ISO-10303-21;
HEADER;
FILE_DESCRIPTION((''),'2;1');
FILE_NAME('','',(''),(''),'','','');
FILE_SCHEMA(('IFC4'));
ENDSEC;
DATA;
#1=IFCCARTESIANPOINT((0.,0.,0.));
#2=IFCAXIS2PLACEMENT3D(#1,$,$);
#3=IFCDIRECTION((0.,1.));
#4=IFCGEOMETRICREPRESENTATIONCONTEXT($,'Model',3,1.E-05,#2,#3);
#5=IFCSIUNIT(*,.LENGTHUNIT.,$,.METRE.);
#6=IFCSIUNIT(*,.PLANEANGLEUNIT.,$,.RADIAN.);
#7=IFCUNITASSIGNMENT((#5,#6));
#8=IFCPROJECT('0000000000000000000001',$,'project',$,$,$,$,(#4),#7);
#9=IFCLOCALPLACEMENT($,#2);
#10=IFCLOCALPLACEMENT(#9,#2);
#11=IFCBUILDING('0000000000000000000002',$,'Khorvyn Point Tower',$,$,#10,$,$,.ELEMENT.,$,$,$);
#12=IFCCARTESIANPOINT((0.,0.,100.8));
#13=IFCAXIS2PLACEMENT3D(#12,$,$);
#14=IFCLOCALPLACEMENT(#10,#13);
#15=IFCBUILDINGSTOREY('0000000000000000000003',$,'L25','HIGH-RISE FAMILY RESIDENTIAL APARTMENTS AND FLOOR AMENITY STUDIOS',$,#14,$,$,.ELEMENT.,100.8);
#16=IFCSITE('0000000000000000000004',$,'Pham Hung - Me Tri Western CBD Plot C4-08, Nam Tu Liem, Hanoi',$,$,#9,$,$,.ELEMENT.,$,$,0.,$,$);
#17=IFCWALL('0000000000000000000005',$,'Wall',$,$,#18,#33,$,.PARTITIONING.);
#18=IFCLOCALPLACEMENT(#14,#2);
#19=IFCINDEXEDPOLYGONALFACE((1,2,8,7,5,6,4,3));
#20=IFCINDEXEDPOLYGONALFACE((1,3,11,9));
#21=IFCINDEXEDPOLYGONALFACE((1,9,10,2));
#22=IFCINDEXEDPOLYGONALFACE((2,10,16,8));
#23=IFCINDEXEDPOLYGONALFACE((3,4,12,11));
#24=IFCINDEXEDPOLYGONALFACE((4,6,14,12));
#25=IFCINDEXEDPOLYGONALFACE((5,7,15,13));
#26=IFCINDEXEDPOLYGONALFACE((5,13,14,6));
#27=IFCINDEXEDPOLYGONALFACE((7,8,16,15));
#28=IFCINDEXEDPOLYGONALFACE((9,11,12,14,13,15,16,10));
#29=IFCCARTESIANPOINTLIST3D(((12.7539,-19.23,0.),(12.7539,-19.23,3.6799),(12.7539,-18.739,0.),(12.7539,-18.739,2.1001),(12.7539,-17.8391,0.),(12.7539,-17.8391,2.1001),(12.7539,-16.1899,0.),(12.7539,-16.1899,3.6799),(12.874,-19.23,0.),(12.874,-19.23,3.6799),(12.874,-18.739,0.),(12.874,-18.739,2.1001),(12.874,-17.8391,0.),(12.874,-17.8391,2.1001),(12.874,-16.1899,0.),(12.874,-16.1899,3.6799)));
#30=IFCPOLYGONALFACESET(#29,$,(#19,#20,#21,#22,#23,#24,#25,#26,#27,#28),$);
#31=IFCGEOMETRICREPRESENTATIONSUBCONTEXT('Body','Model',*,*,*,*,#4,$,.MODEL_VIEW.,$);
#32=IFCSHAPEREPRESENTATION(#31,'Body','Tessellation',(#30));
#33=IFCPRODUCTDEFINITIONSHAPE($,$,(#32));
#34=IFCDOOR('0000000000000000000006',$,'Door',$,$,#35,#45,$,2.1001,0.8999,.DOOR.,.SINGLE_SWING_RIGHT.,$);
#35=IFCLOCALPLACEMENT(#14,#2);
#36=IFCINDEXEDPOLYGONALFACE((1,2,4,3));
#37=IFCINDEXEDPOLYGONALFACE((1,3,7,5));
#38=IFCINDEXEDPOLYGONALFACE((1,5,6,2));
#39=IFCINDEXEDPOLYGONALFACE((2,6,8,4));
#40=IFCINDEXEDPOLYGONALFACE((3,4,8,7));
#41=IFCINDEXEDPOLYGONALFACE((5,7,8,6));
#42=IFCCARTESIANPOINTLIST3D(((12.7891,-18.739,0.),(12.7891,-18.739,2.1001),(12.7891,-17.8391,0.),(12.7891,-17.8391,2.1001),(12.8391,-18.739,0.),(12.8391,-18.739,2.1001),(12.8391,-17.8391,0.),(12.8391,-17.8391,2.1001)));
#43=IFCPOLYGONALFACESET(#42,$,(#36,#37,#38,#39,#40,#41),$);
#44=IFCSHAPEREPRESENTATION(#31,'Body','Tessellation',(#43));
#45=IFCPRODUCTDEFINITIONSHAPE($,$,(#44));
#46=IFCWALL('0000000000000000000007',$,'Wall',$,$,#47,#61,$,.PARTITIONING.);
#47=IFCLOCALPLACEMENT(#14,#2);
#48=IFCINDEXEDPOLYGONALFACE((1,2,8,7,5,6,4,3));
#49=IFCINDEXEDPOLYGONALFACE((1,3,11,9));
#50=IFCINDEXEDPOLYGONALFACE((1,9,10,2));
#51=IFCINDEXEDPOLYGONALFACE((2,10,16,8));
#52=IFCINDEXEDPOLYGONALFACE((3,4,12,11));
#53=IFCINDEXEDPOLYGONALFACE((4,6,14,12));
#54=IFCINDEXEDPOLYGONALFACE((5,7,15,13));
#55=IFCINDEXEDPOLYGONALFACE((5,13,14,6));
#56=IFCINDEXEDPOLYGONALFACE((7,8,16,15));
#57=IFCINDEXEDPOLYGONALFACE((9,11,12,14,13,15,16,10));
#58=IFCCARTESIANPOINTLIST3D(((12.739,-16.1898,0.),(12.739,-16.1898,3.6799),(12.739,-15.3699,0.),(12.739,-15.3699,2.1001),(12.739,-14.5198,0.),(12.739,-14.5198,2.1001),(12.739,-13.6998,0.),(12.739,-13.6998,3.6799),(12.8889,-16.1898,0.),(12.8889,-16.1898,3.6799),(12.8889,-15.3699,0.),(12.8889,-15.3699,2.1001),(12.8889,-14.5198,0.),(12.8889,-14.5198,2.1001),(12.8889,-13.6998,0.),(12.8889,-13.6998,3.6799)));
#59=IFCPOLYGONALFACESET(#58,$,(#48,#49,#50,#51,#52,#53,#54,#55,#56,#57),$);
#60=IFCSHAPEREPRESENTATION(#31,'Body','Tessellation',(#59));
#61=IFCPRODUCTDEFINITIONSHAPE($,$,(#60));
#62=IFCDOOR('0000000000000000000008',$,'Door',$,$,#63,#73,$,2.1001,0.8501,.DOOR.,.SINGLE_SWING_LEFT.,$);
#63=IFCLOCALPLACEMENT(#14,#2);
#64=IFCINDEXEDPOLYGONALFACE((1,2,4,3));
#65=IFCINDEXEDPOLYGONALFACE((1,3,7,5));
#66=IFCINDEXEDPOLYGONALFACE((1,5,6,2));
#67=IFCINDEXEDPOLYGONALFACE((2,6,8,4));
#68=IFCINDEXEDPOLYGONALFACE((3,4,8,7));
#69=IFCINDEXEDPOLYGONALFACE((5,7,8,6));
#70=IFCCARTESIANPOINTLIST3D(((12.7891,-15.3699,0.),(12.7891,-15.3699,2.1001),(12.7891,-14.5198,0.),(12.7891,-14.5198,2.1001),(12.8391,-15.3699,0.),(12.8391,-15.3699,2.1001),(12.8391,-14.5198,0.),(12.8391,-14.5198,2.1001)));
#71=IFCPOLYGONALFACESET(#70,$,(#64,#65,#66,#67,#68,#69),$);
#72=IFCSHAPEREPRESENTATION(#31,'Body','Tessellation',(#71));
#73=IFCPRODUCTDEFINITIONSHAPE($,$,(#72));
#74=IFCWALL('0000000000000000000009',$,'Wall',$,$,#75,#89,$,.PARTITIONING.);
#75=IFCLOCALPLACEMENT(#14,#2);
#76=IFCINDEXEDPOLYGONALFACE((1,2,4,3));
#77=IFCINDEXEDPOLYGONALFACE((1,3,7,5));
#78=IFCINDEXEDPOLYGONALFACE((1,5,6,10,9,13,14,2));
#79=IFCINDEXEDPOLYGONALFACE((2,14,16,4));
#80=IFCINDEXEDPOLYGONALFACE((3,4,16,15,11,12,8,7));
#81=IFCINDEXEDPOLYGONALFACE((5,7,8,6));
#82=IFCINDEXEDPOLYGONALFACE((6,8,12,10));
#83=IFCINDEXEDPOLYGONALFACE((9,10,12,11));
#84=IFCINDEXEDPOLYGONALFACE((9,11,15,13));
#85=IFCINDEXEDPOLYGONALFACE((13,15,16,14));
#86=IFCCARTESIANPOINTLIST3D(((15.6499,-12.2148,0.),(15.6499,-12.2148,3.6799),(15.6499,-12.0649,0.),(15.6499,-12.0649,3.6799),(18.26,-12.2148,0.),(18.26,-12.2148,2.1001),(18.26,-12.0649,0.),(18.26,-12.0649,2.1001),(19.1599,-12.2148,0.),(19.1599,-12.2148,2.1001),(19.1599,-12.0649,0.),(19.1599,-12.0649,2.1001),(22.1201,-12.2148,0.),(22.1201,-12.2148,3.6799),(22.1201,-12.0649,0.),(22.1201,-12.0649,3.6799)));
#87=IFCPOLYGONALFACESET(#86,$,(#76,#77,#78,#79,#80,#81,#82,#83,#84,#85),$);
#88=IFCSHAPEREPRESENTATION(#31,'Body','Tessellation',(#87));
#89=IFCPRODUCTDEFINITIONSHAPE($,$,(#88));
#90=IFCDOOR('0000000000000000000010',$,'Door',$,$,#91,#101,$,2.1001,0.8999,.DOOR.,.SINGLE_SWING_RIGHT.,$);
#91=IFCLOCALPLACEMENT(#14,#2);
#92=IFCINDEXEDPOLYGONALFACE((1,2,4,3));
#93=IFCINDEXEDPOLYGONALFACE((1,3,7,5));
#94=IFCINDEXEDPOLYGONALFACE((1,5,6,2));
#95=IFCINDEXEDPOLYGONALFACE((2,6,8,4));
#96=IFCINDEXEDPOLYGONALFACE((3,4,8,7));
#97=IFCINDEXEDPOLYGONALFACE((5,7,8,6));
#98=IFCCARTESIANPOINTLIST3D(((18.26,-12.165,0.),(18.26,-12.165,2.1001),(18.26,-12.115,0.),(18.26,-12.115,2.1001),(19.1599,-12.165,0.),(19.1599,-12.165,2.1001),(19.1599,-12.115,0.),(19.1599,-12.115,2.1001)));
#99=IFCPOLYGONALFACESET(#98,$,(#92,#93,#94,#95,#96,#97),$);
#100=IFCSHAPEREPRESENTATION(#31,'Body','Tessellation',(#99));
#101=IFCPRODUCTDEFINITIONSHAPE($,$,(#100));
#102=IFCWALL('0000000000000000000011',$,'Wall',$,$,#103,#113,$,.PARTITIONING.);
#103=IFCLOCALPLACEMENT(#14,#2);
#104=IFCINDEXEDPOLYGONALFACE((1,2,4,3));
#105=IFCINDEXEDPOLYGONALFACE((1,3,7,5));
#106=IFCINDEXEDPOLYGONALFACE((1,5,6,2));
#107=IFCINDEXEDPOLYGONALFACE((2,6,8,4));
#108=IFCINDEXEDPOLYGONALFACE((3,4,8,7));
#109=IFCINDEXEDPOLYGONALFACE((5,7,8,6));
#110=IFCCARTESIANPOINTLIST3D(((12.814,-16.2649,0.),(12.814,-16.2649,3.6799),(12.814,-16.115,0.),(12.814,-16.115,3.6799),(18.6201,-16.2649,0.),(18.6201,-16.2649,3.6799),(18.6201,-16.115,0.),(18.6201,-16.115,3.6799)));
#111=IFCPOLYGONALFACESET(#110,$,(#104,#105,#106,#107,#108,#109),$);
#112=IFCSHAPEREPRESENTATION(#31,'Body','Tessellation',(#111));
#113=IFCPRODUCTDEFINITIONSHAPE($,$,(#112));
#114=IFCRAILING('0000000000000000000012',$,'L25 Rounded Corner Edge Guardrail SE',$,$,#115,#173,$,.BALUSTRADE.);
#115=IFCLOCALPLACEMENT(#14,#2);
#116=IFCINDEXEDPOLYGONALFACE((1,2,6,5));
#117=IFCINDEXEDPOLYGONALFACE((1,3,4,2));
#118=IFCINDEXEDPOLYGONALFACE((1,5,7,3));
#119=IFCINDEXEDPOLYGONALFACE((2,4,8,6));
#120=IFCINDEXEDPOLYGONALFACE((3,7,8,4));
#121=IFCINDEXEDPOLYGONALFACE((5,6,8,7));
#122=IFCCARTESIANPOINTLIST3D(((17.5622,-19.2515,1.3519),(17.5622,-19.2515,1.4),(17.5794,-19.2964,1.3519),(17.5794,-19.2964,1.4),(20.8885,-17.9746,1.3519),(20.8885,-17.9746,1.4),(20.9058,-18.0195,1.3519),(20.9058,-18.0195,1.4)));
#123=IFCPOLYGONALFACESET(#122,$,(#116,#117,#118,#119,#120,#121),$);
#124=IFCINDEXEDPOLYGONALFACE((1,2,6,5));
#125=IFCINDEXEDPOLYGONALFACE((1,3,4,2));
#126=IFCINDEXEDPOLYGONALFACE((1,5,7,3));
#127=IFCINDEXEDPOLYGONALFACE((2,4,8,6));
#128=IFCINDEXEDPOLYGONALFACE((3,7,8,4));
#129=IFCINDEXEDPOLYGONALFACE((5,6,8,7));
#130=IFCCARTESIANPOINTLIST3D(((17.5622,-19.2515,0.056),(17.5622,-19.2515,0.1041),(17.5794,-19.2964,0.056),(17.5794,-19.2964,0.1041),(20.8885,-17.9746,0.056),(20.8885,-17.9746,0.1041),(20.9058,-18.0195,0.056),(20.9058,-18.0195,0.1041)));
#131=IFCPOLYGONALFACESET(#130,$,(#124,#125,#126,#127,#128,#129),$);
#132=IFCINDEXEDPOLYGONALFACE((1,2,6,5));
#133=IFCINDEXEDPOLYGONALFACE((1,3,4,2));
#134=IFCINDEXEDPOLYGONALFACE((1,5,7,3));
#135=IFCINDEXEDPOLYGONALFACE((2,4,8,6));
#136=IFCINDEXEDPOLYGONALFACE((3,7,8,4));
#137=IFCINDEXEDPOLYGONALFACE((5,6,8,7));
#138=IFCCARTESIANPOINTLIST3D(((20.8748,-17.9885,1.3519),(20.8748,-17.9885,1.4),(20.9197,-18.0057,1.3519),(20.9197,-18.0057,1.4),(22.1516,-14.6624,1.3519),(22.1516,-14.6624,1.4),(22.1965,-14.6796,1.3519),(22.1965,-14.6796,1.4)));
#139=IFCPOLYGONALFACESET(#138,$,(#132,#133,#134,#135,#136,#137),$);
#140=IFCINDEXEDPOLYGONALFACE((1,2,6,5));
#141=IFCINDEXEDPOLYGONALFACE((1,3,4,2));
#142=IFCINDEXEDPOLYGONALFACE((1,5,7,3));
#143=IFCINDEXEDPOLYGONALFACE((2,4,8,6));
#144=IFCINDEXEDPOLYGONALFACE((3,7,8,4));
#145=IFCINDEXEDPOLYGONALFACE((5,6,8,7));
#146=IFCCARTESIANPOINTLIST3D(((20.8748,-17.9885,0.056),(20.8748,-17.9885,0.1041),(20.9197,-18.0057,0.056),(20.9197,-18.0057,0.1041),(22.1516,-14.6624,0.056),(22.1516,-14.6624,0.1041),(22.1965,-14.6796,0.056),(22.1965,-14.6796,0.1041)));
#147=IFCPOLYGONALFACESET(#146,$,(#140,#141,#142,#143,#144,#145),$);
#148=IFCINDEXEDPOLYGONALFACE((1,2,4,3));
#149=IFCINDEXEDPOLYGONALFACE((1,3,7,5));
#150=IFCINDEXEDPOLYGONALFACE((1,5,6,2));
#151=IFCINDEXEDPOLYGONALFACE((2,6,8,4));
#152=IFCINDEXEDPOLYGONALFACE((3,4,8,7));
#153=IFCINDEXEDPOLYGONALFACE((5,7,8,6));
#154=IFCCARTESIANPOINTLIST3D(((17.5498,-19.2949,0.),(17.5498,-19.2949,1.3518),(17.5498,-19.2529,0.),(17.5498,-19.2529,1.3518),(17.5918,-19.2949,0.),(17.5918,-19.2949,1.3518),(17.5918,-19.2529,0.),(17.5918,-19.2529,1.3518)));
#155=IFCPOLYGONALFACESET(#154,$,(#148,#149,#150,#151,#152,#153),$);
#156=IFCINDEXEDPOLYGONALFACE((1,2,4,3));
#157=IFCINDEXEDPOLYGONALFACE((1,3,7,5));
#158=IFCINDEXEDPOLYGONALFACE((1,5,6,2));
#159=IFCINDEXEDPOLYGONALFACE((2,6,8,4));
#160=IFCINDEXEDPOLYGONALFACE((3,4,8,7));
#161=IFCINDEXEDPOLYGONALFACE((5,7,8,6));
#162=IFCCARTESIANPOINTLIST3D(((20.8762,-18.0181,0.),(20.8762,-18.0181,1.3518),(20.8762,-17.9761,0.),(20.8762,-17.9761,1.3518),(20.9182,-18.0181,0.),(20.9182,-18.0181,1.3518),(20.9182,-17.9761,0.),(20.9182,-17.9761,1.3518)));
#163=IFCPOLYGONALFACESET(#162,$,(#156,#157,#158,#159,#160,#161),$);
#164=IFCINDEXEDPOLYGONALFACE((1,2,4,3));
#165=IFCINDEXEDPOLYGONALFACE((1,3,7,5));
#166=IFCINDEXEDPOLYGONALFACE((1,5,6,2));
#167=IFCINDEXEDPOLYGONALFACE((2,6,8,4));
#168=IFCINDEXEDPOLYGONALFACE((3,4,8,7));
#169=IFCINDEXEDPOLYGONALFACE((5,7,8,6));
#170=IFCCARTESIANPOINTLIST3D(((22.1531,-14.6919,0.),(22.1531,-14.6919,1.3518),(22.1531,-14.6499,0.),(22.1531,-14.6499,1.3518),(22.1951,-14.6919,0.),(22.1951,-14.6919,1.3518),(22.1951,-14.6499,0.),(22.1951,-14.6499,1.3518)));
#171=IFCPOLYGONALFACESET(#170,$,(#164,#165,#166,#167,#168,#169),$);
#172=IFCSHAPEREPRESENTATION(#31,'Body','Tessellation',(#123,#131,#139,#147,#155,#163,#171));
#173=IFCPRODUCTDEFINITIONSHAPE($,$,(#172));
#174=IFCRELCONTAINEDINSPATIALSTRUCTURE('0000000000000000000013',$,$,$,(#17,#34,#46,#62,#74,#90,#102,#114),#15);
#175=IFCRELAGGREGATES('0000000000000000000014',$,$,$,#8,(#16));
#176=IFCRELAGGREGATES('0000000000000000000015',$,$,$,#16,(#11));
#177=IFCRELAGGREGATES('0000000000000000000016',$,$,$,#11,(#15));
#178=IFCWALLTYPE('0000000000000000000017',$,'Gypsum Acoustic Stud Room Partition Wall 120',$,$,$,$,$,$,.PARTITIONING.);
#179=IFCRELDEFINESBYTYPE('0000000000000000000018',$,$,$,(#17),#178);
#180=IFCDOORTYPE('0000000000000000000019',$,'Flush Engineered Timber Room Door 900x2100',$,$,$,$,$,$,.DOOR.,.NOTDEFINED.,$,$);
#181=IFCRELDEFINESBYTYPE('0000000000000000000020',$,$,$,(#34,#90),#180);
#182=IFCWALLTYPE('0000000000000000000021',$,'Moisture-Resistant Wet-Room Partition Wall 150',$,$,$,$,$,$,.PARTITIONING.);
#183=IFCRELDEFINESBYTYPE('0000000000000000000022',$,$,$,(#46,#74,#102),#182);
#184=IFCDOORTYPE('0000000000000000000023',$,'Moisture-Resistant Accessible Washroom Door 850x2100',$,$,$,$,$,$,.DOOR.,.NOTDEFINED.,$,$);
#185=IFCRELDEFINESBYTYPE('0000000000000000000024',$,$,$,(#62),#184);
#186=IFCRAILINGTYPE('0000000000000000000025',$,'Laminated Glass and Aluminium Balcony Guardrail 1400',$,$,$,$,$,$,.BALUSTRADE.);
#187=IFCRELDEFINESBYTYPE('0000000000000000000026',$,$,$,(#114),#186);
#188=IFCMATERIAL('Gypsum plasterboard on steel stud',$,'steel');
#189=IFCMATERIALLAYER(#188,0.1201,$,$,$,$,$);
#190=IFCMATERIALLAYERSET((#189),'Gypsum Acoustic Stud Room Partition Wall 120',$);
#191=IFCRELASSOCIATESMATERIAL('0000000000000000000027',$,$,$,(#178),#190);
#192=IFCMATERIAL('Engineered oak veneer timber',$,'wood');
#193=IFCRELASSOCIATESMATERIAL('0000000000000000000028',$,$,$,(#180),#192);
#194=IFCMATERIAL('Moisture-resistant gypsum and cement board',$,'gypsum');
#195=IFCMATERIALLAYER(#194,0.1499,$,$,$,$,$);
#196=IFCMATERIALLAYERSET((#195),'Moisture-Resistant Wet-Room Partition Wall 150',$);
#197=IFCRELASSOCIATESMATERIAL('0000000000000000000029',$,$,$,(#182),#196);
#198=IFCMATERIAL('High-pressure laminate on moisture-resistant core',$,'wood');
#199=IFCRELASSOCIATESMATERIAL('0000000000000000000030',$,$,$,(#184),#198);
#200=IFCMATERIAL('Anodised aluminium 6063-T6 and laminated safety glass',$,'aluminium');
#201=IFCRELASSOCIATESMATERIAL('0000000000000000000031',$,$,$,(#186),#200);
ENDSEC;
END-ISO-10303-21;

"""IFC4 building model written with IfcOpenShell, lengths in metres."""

from ifc_helpers import new_model, si_unit, direction, frame, frame_2d, origin, origin_2d, place, context, subcontext, project, spatial, rectangle, extrude, material, layer, layer_set, type_object, element, fill, save


model = new_model("IFC4")

# Units and contexts
model_context = context("Model", 3, precision=1e-05, world=origin(), true_north=direction((0.0, 1.0)))
body_context = subcontext(model_context, "Body", "Model", "MODEL_VIEW")
ifc_project = project(units=[si_unit("LENGTHUNIT", "METRE"), si_unit("PLANEANGLEUNIT", "RADIAN")], contexts=[model_context])

# Site, building, storey
site_placement = place(None, origin())
site = spatial("IfcSite", under=ifc_project, at=site_placement, Name="Pham Hung - Me Tri Western CBD Plot C4-08, Nam Tu Liem, Hanoi", CompositionType="ELEMENT", RefElevation=0.0)
building_placement = place(site_placement, origin())
building = spatial("IfcBuilding", under=site, at=building_placement, Name="Khorvyn Point Tower", CompositionType="ELEMENT")
storey_placement = place(building_placement, frame((0.0, 0.0, 100.8)))
storey = spatial("IfcBuildingStorey", under=building, at=storey_placement, Name="L25", Description="HIGH-RISE FAMILY RESIDENTIAL APARTMENTS AND FLOOR AMENITY STUDIOS", CompositionType="ELEMENT", Elevation=100.8)

# Walls, openings, doors
ifc_material_1 = material(Name="Gypsum plasterboard on steel stud", Category="steel")
ifc_layer_1 = layer(ifc_material_1, 0.1201)
ifc_layer_set_1 = layer_set([ifc_layer_1], Name="Gypsum Acoustic Stud Room Partition Wall 120")
wall_type_1 = type_object("IfcWallType", Name="Gypsum Acoustic Stud Room Partition Wall 120", PredefinedType="PARTITIONING", material=ifc_layer_set_1)
wall_1_placement = place(storey_placement, frame((12.814, -19.23, 0.0), z_axis=(0.0, 0.0, 1.0), x_axis=(0.0, 1.0, 0.0)))
wall_1 = element("IfcWall", 1, at=wall_1_placement, inside=storey, type_object=wall_type_1, Name="Wall", PredefinedType="PARTITIONING", context=body_context, shape_type="SweptSolid", body=[
    extrude(rectangle(XDim=3.04, YDim=0.1201, at=frame_2d((1.52, 0.0))), origin(), (0.0, 0.0, 1.0), 3.6799),
])
opening_1_placement = place(wall_1_placement, frame((0.491, 0.0, 0.0)))
opening_1 = element("IfcOpeningElement", 2, at=opening_1_placement, cuts=wall_1, PredefinedType="OPENING", context=body_context, shape_type="SweptSolid", body=[
    extrude(rectangle(XDim=0.8999, YDim=2.1001, at=frame_2d((0.45, 1.05))), frame((0.0, 0.0701, 0.0), z_axis=(0.0, -1.0, 0.0), x_axis=(1.0, 0.0, 0.0)), (0.0, 0.0, 1.0), 0.1401),
])
ifc_material_2 = material(Name="Engineered oak veneer timber", Category="wood")
door_type_1 = type_object("IfcDoorType", Name="Flush Engineered Timber Room Door 900x2100", OperationType="NOTDEFINED", PredefinedType="DOOR", material=ifc_material_2)
door_1_placement = place(opening_1_placement, origin())
door_1 = element("IfcDoor", 3, at=door_1_placement, inside=storey, type_object=door_type_1, Name="Door", OperationType="SINGLE_SWING_RIGHT", OverallHeight=2.1001, OverallWidth=0.8999, PredefinedType="DOOR", context=body_context, shape_type="SweptSolid", body=[
    extrude(rectangle(XDim=0.8999, YDim=2.1001, at=frame_2d((0.45, 1.05))), frame((0.0, 0.0249, 0.0), z_axis=(0.0, -1.0, 0.0), x_axis=(1.0, 0.0, 0.0)), (0.0, 0.0, 1.0), 0.05),
])
fill(opening_1, door_1)
ifc_material_3 = material(Name="Moisture-resistant gypsum and cement board", Category="gypsum")
ifc_layer_2 = layer(ifc_material_3, 0.1499)
ifc_layer_set_2 = layer_set([ifc_layer_2], Name="Moisture-Resistant Wet-Room Partition Wall 150")
wall_type_2 = type_object("IfcWallType", Name="Moisture-Resistant Wet-Room Partition Wall 150", PredefinedType="PARTITIONING", material=ifc_layer_set_2)
wall_2_placement = place(storey_placement, frame((12.814, -16.1899, 0.0), z_axis=(0.0, 0.0, 1.0), x_axis=(0.0, 1.0, 0.0)))
wall_2 = element("IfcWall", 4, at=wall_2_placement, inside=storey, type_object=wall_type_2, Name="Wall", PredefinedType="PARTITIONING", context=body_context, shape_type="SweptSolid", body=[
    extrude(rectangle(XDim=2.49, YDim=0.1499, at=frame_2d((1.2451, 0.0))), origin(), (0.0, 0.0, 1.0), 3.6799),
])
opening_2_placement = place(wall_2_placement, frame((0.8201, 0.0, 0.0)))
opening_2 = element("IfcOpeningElement", 5, at=opening_2_placement, cuts=wall_2, PredefinedType="OPENING", context=body_context, shape_type="SweptSolid", body=[
    extrude(rectangle(XDim=0.8501, YDim=2.1001, at=frame_2d((0.425, 1.05))), frame((0.0, 0.085, 0.0), z_axis=(0.0, -1.0, 0.0), x_axis=(1.0, 0.0, 0.0)), (0.0, 0.0, 1.0), 0.1699),
])
ifc_material_4 = material(Name="High-pressure laminate on moisture-resistant core", Category="wood")
door_type_2 = type_object("IfcDoorType", Name="Moisture-Resistant Accessible Washroom Door 850x2100", OperationType="NOTDEFINED", PredefinedType="DOOR", material=ifc_material_4)
door_2_placement = place(opening_2_placement, origin())
door_2 = element("IfcDoor", 6, at=door_2_placement, inside=storey, type_object=door_type_2, Name="Door", OperationType="SINGLE_SWING_LEFT", OverallHeight=2.1001, OverallWidth=0.8501, PredefinedType="DOOR", context=body_context, shape_type="SweptSolid", body=[
    extrude(rectangle(XDim=0.8501, YDim=2.1001, at=frame_2d((0.425, 1.05))), frame((0.0, 0.0249, 0.0), z_axis=(0.0, -1.0, 0.0), x_axis=(1.0, 0.0, 0.0)), (0.0, 0.0, 1.0), 0.05),
])
fill(opening_2, door_2)
wall_3_placement = place(storey_placement, frame((15.6499, -12.1399, 0.0), z_axis=(0.0, 0.0, 1.0), x_axis=(1.0, 0.0, 0.0)))
wall_3 = element("IfcWall", 7, at=wall_3_placement, inside=storey, type_object=wall_type_2, Name="Wall", PredefinedType="PARTITIONING", context=body_context, shape_type="SweptSolid", body=[
    extrude(rectangle(XDim=6.4702, YDim=0.1499, at=frame_2d((3.2351, 0.0))), origin(), (0.0, 0.0, 1.0), 3.6799),
])
opening_3_placement = place(wall_3_placement, frame((2.6101, 0.0, 0.0)))
opening_3 = element("IfcOpeningElement", 8, at=opening_3_placement, cuts=wall_3, PredefinedType="OPENING", context=body_context, shape_type="SweptSolid", body=[
    extrude(rectangle(XDim=0.8999, YDim=2.1001, at=frame_2d((0.45, 1.05))), frame((0.0, 0.085, 0.0), z_axis=(0.0, -1.0, 0.0), x_axis=(1.0, 0.0, 0.0)), (0.0, 0.0, 1.0), 0.1699),
])
door_3_placement = place(opening_3_placement, origin())
door_3 = element("IfcDoor", 9, at=door_3_placement, inside=storey, type_object=door_type_1, Name="Door", OperationType="SINGLE_SWING_RIGHT", OverallHeight=2.1001, OverallWidth=0.8999, PredefinedType="DOOR", context=body_context, shape_type="SweptSolid", body=[
    extrude(rectangle(XDim=0.8999, YDim=2.1001, at=frame_2d((0.45, 1.05))), frame((0.0, 0.0249, 0.0), z_axis=(0.0, -1.0, 0.0), x_axis=(1.0, 0.0, 0.0)), (0.0, 0.0, 1.0), 0.05),
])
fill(opening_3, door_3)

# Wall
wall_4_placement = place(storey_placement, frame((12.814, -16.1899, 0.0), z_axis=(0.0, 0.0, 1.0), x_axis=(1.0, 0.0, 0.0)))
element("IfcWall", 10, at=wall_4_placement, inside=storey, type_object=wall_type_2, Name="Wall", PredefinedType="PARTITIONING", context=body_context, shape_type="SweptSolid", body=[
    extrude(rectangle(XDim=5.8062, YDim=0.1499, at=frame_2d((2.9031, 0.0))), origin(), (0.0, 0.0, 1.0), 3.6799),
])

# Railing
ifc_material_5 = material(Name="Anodised aluminium 6063-T6 and laminated safety glass", Category="aluminium")
railing_type = type_object("IfcRailingType", Name="Laminated Glass and Aluminium Balcony Guardrail 1400", PredefinedType="BALUSTRADE", material=ifc_material_5)
railing_1_placement = place(storey_placement, frame((17.5708, -19.2739, 0.0)))
element("IfcRailing", 11, at=railing_1_placement, inside=storey, type_object=railing_type, Name="L25 Rounded Corner Edge Guardrail SE", PredefinedType="BALUSTRADE", context=body_context, shape_type="SweptSolid", body=[
    extrude(rectangle(XDim=0.0481, YDim=0.0481, at=origin_2d()), frame((0.0, 0.0, 1.376), z_axis=(0.933584, 0.358359, 0.0), x_axis=(-0.358359, 0.933584, 0.0)), (0.0, 0.0, 1.0), 3.563),
    extrude(rectangle(XDim=0.0481, YDim=0.0481, at=origin_2d()), frame((0.0, 0.0, 0.0801), z_axis=(0.933584, 0.358359, 0.0), x_axis=(-0.358359, 0.933584, 0.0)), (0.0, 0.0, 1.0), 3.563),
    extrude(rectangle(XDim=0.0481, YDim=0.0481, at=origin_2d()), frame((3.3264, 1.2769, 1.376), z_axis=(0.358382, 0.933575, 0.0), x_axis=(-0.933575, 0.358382, 0.0)), (0.0, 0.0, 1.0), 3.5627),
    extrude(rectangle(XDim=0.0481, YDim=0.0481, at=origin_2d()), frame((3.3264, 1.2769, 0.0801), z_axis=(0.358382, 0.933575, 0.0), x_axis=(-0.933575, 0.358382, 0.0)), (0.0, 0.0, 1.0), 3.5627),
    extrude(rectangle(XDim=0.042, YDim=0.042, at=origin_2d()), origin(), (0.0, 0.0, 1.0), 1.3518),
    extrude(rectangle(XDim=0.042, YDim=0.042, at=origin_2d()), frame((3.3264, 1.2769, 0.0)), (0.0, 0.0, 1.0), 1.3518),
    extrude(rectangle(XDim=0.042, YDim=0.042, at=origin_2d()), frame((4.6033, 4.603, 0.0)), (0.0, 0.0, 1.0), 1.3518),
])

save(model, "model.ifc")
